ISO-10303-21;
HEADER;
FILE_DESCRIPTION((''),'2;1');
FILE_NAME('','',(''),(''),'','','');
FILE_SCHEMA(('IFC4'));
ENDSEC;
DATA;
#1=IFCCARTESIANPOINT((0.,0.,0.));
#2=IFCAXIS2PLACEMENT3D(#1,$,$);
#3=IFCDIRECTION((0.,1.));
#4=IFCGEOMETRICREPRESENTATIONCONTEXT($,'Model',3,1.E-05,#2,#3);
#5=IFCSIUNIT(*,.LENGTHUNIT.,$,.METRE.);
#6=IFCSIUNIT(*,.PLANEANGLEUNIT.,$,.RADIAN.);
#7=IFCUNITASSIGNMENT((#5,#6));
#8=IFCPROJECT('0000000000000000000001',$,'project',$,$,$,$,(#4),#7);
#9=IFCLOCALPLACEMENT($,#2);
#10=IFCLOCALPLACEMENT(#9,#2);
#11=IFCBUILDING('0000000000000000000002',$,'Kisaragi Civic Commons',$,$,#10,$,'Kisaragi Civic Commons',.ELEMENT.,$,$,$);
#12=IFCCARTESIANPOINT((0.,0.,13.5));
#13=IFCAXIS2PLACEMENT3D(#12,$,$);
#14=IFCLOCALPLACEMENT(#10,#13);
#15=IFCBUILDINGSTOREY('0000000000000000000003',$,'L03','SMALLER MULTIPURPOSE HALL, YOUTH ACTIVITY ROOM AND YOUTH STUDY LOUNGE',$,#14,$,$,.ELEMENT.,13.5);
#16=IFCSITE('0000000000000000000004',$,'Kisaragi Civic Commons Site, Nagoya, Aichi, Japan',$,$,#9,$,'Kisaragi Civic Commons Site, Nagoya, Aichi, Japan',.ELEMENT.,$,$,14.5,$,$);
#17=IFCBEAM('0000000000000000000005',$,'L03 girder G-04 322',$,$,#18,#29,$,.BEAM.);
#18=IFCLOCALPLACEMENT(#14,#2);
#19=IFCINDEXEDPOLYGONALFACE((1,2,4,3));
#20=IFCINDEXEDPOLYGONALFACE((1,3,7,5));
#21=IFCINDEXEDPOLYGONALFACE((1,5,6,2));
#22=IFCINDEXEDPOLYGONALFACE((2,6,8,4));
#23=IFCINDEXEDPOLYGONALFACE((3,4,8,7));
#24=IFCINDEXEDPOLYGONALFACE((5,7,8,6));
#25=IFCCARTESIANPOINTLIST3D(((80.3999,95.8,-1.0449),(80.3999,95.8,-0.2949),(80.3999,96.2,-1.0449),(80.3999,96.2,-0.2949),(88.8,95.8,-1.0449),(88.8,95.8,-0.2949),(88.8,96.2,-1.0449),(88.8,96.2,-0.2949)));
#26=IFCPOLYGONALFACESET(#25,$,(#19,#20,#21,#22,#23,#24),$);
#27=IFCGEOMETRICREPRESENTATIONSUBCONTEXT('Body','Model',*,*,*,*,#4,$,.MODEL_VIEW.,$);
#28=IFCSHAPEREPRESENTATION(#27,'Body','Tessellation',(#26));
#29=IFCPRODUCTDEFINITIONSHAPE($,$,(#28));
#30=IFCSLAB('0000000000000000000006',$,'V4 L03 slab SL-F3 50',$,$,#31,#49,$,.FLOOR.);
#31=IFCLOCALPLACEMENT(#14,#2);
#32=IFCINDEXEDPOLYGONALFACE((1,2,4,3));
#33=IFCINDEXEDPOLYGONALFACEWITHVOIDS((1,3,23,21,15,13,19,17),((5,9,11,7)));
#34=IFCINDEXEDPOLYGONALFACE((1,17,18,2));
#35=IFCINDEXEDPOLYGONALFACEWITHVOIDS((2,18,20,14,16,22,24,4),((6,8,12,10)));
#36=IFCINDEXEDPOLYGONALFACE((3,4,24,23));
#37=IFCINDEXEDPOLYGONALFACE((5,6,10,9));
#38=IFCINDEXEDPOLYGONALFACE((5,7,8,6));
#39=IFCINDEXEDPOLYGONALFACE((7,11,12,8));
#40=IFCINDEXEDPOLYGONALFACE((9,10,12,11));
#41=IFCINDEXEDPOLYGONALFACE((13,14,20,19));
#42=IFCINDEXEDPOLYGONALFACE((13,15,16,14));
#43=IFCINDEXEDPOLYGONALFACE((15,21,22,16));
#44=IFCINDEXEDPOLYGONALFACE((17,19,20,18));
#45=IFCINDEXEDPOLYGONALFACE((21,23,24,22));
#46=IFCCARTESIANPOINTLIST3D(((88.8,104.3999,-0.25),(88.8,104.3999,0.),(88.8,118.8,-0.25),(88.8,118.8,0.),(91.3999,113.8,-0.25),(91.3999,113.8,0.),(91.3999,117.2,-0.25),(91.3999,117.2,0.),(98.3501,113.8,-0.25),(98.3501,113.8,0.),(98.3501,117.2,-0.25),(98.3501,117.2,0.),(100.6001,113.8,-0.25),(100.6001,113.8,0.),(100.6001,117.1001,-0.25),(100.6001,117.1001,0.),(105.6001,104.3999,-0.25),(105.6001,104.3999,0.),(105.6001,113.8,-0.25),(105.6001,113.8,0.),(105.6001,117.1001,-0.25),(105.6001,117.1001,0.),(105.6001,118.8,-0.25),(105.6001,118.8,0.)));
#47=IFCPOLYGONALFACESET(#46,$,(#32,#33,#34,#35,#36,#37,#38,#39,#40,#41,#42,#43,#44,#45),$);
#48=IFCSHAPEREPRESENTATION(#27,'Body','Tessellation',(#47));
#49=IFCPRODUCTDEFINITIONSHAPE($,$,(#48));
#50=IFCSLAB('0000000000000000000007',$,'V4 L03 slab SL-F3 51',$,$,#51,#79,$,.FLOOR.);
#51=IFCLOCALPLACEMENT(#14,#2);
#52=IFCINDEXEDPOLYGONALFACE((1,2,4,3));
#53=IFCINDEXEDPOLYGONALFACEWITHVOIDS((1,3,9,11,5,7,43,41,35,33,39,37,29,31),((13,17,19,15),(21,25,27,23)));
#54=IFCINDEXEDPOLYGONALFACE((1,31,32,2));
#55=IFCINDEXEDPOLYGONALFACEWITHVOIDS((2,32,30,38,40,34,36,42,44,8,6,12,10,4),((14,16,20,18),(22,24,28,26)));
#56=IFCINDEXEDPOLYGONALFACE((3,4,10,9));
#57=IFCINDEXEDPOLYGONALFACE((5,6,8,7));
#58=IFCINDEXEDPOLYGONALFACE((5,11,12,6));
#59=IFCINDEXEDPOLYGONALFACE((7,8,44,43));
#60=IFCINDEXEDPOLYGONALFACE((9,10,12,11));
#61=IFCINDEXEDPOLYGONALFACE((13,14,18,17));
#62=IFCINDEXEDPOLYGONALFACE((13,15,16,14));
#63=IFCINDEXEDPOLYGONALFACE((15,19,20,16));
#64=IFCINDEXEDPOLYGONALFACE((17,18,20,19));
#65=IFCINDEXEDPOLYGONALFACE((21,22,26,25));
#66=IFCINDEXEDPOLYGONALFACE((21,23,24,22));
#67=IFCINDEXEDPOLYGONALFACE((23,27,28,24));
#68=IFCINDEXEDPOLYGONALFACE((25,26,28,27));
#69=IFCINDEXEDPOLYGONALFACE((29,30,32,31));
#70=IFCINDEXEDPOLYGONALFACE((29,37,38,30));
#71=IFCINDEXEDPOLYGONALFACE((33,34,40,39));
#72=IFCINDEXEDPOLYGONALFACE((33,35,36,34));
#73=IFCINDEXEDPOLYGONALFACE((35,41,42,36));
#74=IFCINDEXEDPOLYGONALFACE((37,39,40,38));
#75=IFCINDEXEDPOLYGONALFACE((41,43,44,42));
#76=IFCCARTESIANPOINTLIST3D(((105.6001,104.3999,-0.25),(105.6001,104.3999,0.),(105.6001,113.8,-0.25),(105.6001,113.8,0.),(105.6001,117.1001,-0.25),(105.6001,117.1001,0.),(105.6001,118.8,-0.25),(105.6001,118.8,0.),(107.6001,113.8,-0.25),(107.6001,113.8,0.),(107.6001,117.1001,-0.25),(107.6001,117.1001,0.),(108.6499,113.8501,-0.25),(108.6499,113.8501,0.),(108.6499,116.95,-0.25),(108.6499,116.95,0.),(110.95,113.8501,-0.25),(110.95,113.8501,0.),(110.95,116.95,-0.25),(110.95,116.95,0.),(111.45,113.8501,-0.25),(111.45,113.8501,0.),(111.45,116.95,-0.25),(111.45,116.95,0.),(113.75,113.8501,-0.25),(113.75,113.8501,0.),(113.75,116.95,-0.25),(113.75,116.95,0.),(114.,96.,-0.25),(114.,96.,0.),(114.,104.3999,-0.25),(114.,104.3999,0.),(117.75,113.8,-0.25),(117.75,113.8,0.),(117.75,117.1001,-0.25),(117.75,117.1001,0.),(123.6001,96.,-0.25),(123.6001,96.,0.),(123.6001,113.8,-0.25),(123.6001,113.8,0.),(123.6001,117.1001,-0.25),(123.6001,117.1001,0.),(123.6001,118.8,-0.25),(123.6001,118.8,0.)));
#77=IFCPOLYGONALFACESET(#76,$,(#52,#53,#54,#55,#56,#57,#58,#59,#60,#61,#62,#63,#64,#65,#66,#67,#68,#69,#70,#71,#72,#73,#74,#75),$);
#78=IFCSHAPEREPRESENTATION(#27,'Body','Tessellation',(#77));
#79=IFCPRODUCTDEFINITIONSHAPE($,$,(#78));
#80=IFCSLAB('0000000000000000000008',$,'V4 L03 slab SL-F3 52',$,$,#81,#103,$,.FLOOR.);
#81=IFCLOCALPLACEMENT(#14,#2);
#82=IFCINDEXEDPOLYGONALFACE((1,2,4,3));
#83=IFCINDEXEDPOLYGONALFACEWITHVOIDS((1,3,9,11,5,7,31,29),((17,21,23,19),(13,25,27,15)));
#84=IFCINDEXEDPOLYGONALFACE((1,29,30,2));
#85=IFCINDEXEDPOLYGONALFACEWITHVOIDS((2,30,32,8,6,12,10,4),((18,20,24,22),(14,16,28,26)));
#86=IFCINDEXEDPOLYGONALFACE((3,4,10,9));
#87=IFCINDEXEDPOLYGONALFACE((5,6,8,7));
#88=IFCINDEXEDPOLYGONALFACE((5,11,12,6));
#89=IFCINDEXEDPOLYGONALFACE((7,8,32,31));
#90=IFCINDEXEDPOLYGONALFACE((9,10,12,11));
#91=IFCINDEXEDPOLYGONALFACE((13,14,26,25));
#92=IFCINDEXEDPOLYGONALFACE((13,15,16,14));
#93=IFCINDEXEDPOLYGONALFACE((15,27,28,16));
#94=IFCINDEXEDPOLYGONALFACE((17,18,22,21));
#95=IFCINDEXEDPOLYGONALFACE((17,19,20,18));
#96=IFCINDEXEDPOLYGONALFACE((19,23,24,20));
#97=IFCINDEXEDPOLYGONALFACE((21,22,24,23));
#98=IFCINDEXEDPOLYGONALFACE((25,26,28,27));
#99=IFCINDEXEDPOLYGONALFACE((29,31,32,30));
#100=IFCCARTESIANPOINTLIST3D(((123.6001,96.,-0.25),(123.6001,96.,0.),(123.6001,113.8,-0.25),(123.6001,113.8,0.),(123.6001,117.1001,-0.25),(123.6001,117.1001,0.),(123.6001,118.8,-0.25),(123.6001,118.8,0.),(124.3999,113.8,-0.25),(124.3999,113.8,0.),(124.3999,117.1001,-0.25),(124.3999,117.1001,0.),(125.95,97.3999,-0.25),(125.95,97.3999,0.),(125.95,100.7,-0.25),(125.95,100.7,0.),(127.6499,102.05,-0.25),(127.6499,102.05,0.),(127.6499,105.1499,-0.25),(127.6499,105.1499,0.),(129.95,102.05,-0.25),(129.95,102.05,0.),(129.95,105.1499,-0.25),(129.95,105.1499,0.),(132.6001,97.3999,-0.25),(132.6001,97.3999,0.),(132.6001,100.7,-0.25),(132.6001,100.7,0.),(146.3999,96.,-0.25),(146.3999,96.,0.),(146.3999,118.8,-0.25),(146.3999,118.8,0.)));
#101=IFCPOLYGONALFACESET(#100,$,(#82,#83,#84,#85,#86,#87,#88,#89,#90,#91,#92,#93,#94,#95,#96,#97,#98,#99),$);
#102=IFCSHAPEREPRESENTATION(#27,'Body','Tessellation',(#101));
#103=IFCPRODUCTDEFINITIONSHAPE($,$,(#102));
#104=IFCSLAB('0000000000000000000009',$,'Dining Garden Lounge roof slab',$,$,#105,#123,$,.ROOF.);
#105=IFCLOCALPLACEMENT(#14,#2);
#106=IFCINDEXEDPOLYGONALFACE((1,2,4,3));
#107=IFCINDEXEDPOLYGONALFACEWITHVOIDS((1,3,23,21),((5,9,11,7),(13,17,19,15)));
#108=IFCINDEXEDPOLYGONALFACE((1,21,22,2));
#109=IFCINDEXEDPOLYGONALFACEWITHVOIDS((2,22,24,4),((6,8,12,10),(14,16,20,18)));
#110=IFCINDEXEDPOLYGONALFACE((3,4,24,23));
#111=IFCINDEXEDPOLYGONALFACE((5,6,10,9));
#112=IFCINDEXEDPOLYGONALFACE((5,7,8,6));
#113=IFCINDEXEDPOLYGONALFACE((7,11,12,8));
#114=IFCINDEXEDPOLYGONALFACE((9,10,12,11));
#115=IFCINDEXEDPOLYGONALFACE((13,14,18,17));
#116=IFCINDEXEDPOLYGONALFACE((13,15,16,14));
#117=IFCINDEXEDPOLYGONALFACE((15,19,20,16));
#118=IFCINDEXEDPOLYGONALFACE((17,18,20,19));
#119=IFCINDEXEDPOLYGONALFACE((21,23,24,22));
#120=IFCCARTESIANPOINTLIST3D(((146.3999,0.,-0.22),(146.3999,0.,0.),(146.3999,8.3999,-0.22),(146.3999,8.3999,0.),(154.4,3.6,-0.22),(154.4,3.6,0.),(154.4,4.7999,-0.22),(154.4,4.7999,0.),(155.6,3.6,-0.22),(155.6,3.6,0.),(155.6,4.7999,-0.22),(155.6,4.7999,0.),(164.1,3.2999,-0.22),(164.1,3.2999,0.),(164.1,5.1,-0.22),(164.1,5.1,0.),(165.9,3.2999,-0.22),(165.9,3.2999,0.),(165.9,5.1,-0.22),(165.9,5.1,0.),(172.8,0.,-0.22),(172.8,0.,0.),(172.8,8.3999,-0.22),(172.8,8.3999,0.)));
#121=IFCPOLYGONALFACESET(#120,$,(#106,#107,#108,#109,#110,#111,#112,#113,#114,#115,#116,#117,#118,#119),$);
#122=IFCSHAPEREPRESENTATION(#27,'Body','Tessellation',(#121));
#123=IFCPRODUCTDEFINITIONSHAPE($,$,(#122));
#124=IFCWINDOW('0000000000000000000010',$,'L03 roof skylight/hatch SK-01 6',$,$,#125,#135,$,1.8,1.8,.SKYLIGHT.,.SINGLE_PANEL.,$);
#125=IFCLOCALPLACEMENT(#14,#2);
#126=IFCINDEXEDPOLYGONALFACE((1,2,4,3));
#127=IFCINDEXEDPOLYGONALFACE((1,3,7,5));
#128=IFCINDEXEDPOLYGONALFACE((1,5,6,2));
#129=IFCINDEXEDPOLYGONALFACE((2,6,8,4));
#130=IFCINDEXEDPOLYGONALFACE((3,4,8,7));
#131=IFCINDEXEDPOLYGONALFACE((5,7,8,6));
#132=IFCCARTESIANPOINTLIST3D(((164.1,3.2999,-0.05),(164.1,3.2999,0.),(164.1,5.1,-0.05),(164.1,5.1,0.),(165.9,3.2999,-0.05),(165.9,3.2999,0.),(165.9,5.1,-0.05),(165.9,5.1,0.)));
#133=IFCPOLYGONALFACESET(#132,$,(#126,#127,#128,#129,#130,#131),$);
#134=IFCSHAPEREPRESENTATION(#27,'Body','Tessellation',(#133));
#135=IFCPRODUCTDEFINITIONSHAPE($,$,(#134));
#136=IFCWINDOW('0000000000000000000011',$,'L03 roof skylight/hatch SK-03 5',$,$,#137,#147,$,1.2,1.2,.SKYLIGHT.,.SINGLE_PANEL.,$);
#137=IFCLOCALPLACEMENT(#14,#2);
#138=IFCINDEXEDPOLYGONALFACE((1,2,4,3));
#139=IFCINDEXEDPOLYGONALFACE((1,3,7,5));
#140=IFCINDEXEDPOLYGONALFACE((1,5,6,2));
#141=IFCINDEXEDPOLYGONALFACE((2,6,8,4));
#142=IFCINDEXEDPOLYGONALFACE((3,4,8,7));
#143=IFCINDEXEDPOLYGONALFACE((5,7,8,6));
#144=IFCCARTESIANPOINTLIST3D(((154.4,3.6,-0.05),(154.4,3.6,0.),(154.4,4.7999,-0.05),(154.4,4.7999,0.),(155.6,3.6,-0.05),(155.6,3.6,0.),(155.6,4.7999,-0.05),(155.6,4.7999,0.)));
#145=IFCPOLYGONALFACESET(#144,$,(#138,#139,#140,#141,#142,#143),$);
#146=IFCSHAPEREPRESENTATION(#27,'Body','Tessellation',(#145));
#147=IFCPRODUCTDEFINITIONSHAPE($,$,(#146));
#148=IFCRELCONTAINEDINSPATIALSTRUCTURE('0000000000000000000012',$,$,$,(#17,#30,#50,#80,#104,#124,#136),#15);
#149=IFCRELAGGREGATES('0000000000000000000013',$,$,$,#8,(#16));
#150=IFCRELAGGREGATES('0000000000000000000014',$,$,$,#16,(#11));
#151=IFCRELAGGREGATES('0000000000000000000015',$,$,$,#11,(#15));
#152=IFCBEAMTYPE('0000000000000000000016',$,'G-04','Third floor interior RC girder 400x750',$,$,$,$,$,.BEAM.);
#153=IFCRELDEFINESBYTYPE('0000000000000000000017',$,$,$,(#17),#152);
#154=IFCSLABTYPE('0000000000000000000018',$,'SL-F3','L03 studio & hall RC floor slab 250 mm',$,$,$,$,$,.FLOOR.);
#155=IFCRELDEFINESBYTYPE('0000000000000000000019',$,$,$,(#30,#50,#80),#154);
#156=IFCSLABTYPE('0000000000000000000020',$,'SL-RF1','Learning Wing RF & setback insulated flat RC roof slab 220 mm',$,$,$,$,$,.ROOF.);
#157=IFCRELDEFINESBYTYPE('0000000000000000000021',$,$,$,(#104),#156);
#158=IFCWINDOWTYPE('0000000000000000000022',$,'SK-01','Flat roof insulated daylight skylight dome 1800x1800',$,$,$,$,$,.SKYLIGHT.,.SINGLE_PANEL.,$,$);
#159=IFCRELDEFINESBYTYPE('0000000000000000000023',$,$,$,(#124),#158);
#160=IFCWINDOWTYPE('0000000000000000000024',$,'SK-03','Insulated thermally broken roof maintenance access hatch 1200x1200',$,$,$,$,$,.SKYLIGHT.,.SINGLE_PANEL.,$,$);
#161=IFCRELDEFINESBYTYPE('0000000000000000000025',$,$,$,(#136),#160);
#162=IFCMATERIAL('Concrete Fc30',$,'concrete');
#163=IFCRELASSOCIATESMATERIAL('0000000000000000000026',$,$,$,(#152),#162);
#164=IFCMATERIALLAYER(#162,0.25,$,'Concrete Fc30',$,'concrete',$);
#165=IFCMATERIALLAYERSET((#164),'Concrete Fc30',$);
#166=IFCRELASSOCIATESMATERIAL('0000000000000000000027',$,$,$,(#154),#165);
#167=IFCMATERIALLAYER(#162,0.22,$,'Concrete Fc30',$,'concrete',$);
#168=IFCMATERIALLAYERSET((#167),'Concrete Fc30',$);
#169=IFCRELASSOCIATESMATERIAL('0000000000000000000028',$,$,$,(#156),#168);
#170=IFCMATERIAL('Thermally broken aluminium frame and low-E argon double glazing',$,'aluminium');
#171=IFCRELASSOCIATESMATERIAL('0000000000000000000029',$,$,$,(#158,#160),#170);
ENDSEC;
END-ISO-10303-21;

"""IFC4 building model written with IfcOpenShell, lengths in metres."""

from ifc_helpers import new_model, si_unit, direction, frame, origin, origin_2d, place, context, subcontext, project, spatial, polyline, rectangle, outline, extrude, material, layer, layer_set, material_profile, profile_set, type_object, element, fill, save


model = new_model("IFC4")

# Units and contexts
model_context = context("Model", 3, precision=1e-05, world=origin(), true_north=direction((0.0, 1.0)))
body_context = subcontext(model_context, "Body", "Model", "MODEL_VIEW")
ifc_project = project(units=[si_unit("LENGTHUNIT", "METRE"), si_unit("PLANEANGLEUNIT", "RADIAN")], contexts=[model_context])

# Site, building, storey
site_placement = place(None, origin())
site = spatial("IfcSite", under=ifc_project, at=site_placement, Name="Kisaragi Civic Commons Site, Nagoya, Aichi, Japan", LongName="Kisaragi Civic Commons Site, Nagoya, Aichi, Japan", CompositionType="ELEMENT", RefElevation=14.5)
building_placement = place(site_placement, origin())
building = spatial("IfcBuilding", under=site, at=building_placement, Name="Kisaragi Civic Commons", LongName="Kisaragi Civic Commons", CompositionType="ELEMENT")
storey_placement = place(building_placement, frame((0.0, 0.0, 13.5)))
storey = spatial("IfcBuildingStorey", under=building, at=storey_placement, Name="L03", Description="SMALLER MULTIPURPOSE HALL, YOUTH ACTIVITY ROOM AND YOUTH STUDY LOUNGE", CompositionType="ELEMENT", Elevation=13.5)

# Beam
ifc_material_1 = material(Name="Concrete Fc30", Category="concrete")
ifc_material_profile = material_profile(ifc_material_1, rectangle(XDim=0.3999, YDim=0.75, at=origin_2d()), Name="RC-400x750", Category="concrete")
ifc_profile_set = profile_set([ifc_material_profile], Name="Concrete Fc30")
beam_type = type_object("IfcBeamType", Name="G-04", Description="Third floor interior RC girder 400x750", PredefinedType="BEAM", material=ifc_profile_set)
beam_placement = place(storey_placement, frame((80.3999, 96.0, -0.6699), z_axis=(1.0, 0.0, 0.0), x_axis=(0.0, 1.0, 0.0)))
element("IfcBeam", 1, at=beam_placement, inside=storey, type_object=beam_type, Name="L03 girder G-04 322", PredefinedType="BEAM", context=body_context, shape_type="SweptSolid", body=[
    extrude(rectangle(XDim=0.3999, YDim=0.75, at=origin_2d()), origin(), (0.0, 0.0, 1.0), 8.4001),
])

# Slabs
ifc_layer_1 = layer(ifc_material_1, 0.25, Name="Concrete Fc30", Category="concrete")
ifc_layer_set_1 = layer_set([ifc_layer_1], Name="Concrete Fc30")
slab_type_1 = type_object("IfcSlabType", Name="SL-F3", Description="L03 studio & hall RC floor slab 250 mm", PredefinedType="FLOOR", material=ifc_layer_set_1)
slab_1_placement = place(storey_placement, frame((0.0, 0.0, -0.25)))
element("IfcSlab", 2, at=slab_1_placement, inside=storey, type_object=slab_type_1, Name="V4 L03 slab SL-F3 50", PredefinedType="FLOOR", context=body_context, shape_type="SweptSolid", body=[
    extrude(outline(polyline([(88.8, 118.8), (88.8, 104.3999), (105.6001, 104.3999), (105.6001, 113.8), (100.6001, 113.8), (100.6001, 117.1001), (105.6001, 117.1001), (105.6001, 118.8), (88.8, 118.8)]), holes=[polyline([(91.3999, 117.2), (91.3999, 113.8), (98.3501, 113.8), (98.3501, 117.2), (91.3999, 117.2)])]), origin(), (0.0, 0.0, 1.0), 0.25),
])
slab_2_placement = place(storey_placement, frame((0.0, 0.0, -0.25)))
element("IfcSlab", 3, at=slab_2_placement, inside=storey, type_object=slab_type_1, Name="V4 L03 slab SL-F3 51", PredefinedType="FLOOR", context=body_context, shape_type="SweptSolid", body=[
    extrude(outline(polyline([(105.6001, 118.8), (105.6001, 117.1001), (107.6001, 117.1001), (107.6001, 113.8), (105.6001, 113.8), (105.6001, 104.3999), (114.0, 104.3999), (114.0, 96.0), (123.6001, 96.0), (123.6001, 113.8), (117.75, 113.8), (117.75, 117.1001), (123.6001, 117.1001), (123.6001, 118.8), (105.6001, 118.8)]), holes=[polyline([(108.6499, 116.95), (108.6499, 113.8501), (110.95, 113.8501), (110.95, 116.95), (108.6499, 116.95)]), polyline([(111.45, 116.95), (111.45, 113.8501), (113.75, 113.8501), (113.75, 116.95), (111.45, 116.95)])]), origin(), (0.0, 0.0, 1.0), 0.25),
])
slab_3_placement = place(storey_placement, frame((0.0, 0.0, -0.25)))
element("IfcSlab", 4, at=slab_3_placement, inside=storey, type_object=slab_type_1, Name="V4 L03 slab SL-F3 52", PredefinedType="FLOOR", context=body_context, shape_type="SweptSolid", body=[
    extrude(outline(polyline([(123.6001, 118.8), (123.6001, 117.1001), (124.3999, 117.1001), (124.3999, 113.8), (123.6001, 113.8), (123.6001, 96.0), (146.3999, 96.0), (146.3999, 118.8), (123.6001, 118.8)]), holes=[polyline([(125.95, 97.3999), (132.6001, 97.3999), (132.6001, 100.7), (125.95, 100.7), (125.95, 97.3999)]), polyline([(127.6499, 105.1499), (127.6499, 102.05), (129.95, 102.05), (129.95, 105.1499), (127.6499, 105.1499)])]), origin(), (0.0, 0.0, 1.0), 0.25),
])

# Slab, openings, windows
ifc_layer_2 = layer(ifc_material_1, 0.22, Name="Concrete Fc30", Category="concrete")
ifc_layer_set_2 = layer_set([ifc_layer_2], Name="Concrete Fc30")
slab_type_2 = type_object("IfcSlabType", Name="SL-RF1", Description="Learning Wing RF & setback insulated flat RC roof slab 220 mm", PredefinedType="ROOF", material=ifc_layer_set_2)
slab_4_placement = place(storey_placement, frame((0.0, 0.0, -0.22)))
slab_4 = element("IfcSlab", 5, at=slab_4_placement, inside=storey, type_object=slab_type_2, Name="Dining Garden Lounge roof slab", PredefinedType="ROOF", context=body_context, shape_type="SweptSolid", body=[
    extrude(outline(polyline([(146.3999, 0.0), (172.8, 0.0), (172.8, 8.3999), (146.3999, 8.3999), (146.3999, 0.0)])), origin(), (0.0, 0.0, 1.0), 0.22),
])
opening_1_placement = place(slab_4_placement, frame((155.0, 4.2, -0.01)))
opening_1 = element("IfcOpeningElement", 6, at=opening_1_placement, cuts=slab_4, PredefinedType="OPENING", context=body_context, shape_type="SweptSolid", body=[
    extrude(rectangle(XDim=1.2, YDim=1.2, at=origin_2d()), origin(), (0.0, 0.0, 1.0), 0.24),
])
opening_2_placement = place(slab_4_placement, frame((165.0, 4.2, -0.01)))
opening_2 = element("IfcOpeningElement", 7, at=opening_2_placement, cuts=slab_4, PredefinedType="OPENING", context=body_context, shape_type="SweptSolid", body=[
    extrude(rectangle(XDim=1.8, YDim=1.8, at=origin_2d()), origin(), (0.0, 0.0, 1.0), 0.24),
])
ifc_material_2 = material(Name="Thermally broken aluminium frame and low-E argon double glazing", Category="aluminium")
window_type_1 = type_object("IfcWindowType", Name="SK-01", Description="Flat roof insulated daylight skylight dome 1800x1800", PartitioningType="SINGLE_PANEL", PredefinedType="SKYLIGHT", material=ifc_material_2)
window_1_placement = place(slab_4_placement, frame((165.0, 4.2, 0.1699)))
window_1 = element("IfcWindow", 8, at=window_1_placement, inside=storey, type_object=window_type_1, Name="L03 roof skylight/hatch SK-01 6", OverallHeight=1.8, OverallWidth=1.8, PartitioningType="SINGLE_PANEL", PredefinedType="SKYLIGHT", context=body_context, shape_type="SweptSolid", body=[
    extrude(rectangle(XDim=1.8, YDim=1.8, at=origin_2d()), origin(), (0.0, 0.0, 1.0), 0.05),
])
fill(opening_2, window_1)
window_type_2 = type_object("IfcWindowType", Name="SK-03", Description="Insulated thermally broken roof maintenance access hatch 1200x1200", PartitioningType="SINGLE_PANEL", PredefinedType="SKYLIGHT", material=ifc_material_2)
window_2_placement = place(slab_4_placement, frame((155.0, 4.2, 0.1699)))
window_2 = element("IfcWindow", 9, at=window_2_placement, inside=storey, type_object=window_type_2, Name="L03 roof skylight/hatch SK-03 5", OverallHeight=1.2, OverallWidth=1.2, PartitioningType="SINGLE_PANEL", PredefinedType="SKYLIGHT", context=body_context, shape_type="SweptSolid", body=[
    extrude(rectangle(XDim=1.2, YDim=1.2, at=origin_2d()), origin(), (0.0, 0.0, 1.0), 0.05),
])
fill(opening_1, window_2)

save(model, "model.ifc")
